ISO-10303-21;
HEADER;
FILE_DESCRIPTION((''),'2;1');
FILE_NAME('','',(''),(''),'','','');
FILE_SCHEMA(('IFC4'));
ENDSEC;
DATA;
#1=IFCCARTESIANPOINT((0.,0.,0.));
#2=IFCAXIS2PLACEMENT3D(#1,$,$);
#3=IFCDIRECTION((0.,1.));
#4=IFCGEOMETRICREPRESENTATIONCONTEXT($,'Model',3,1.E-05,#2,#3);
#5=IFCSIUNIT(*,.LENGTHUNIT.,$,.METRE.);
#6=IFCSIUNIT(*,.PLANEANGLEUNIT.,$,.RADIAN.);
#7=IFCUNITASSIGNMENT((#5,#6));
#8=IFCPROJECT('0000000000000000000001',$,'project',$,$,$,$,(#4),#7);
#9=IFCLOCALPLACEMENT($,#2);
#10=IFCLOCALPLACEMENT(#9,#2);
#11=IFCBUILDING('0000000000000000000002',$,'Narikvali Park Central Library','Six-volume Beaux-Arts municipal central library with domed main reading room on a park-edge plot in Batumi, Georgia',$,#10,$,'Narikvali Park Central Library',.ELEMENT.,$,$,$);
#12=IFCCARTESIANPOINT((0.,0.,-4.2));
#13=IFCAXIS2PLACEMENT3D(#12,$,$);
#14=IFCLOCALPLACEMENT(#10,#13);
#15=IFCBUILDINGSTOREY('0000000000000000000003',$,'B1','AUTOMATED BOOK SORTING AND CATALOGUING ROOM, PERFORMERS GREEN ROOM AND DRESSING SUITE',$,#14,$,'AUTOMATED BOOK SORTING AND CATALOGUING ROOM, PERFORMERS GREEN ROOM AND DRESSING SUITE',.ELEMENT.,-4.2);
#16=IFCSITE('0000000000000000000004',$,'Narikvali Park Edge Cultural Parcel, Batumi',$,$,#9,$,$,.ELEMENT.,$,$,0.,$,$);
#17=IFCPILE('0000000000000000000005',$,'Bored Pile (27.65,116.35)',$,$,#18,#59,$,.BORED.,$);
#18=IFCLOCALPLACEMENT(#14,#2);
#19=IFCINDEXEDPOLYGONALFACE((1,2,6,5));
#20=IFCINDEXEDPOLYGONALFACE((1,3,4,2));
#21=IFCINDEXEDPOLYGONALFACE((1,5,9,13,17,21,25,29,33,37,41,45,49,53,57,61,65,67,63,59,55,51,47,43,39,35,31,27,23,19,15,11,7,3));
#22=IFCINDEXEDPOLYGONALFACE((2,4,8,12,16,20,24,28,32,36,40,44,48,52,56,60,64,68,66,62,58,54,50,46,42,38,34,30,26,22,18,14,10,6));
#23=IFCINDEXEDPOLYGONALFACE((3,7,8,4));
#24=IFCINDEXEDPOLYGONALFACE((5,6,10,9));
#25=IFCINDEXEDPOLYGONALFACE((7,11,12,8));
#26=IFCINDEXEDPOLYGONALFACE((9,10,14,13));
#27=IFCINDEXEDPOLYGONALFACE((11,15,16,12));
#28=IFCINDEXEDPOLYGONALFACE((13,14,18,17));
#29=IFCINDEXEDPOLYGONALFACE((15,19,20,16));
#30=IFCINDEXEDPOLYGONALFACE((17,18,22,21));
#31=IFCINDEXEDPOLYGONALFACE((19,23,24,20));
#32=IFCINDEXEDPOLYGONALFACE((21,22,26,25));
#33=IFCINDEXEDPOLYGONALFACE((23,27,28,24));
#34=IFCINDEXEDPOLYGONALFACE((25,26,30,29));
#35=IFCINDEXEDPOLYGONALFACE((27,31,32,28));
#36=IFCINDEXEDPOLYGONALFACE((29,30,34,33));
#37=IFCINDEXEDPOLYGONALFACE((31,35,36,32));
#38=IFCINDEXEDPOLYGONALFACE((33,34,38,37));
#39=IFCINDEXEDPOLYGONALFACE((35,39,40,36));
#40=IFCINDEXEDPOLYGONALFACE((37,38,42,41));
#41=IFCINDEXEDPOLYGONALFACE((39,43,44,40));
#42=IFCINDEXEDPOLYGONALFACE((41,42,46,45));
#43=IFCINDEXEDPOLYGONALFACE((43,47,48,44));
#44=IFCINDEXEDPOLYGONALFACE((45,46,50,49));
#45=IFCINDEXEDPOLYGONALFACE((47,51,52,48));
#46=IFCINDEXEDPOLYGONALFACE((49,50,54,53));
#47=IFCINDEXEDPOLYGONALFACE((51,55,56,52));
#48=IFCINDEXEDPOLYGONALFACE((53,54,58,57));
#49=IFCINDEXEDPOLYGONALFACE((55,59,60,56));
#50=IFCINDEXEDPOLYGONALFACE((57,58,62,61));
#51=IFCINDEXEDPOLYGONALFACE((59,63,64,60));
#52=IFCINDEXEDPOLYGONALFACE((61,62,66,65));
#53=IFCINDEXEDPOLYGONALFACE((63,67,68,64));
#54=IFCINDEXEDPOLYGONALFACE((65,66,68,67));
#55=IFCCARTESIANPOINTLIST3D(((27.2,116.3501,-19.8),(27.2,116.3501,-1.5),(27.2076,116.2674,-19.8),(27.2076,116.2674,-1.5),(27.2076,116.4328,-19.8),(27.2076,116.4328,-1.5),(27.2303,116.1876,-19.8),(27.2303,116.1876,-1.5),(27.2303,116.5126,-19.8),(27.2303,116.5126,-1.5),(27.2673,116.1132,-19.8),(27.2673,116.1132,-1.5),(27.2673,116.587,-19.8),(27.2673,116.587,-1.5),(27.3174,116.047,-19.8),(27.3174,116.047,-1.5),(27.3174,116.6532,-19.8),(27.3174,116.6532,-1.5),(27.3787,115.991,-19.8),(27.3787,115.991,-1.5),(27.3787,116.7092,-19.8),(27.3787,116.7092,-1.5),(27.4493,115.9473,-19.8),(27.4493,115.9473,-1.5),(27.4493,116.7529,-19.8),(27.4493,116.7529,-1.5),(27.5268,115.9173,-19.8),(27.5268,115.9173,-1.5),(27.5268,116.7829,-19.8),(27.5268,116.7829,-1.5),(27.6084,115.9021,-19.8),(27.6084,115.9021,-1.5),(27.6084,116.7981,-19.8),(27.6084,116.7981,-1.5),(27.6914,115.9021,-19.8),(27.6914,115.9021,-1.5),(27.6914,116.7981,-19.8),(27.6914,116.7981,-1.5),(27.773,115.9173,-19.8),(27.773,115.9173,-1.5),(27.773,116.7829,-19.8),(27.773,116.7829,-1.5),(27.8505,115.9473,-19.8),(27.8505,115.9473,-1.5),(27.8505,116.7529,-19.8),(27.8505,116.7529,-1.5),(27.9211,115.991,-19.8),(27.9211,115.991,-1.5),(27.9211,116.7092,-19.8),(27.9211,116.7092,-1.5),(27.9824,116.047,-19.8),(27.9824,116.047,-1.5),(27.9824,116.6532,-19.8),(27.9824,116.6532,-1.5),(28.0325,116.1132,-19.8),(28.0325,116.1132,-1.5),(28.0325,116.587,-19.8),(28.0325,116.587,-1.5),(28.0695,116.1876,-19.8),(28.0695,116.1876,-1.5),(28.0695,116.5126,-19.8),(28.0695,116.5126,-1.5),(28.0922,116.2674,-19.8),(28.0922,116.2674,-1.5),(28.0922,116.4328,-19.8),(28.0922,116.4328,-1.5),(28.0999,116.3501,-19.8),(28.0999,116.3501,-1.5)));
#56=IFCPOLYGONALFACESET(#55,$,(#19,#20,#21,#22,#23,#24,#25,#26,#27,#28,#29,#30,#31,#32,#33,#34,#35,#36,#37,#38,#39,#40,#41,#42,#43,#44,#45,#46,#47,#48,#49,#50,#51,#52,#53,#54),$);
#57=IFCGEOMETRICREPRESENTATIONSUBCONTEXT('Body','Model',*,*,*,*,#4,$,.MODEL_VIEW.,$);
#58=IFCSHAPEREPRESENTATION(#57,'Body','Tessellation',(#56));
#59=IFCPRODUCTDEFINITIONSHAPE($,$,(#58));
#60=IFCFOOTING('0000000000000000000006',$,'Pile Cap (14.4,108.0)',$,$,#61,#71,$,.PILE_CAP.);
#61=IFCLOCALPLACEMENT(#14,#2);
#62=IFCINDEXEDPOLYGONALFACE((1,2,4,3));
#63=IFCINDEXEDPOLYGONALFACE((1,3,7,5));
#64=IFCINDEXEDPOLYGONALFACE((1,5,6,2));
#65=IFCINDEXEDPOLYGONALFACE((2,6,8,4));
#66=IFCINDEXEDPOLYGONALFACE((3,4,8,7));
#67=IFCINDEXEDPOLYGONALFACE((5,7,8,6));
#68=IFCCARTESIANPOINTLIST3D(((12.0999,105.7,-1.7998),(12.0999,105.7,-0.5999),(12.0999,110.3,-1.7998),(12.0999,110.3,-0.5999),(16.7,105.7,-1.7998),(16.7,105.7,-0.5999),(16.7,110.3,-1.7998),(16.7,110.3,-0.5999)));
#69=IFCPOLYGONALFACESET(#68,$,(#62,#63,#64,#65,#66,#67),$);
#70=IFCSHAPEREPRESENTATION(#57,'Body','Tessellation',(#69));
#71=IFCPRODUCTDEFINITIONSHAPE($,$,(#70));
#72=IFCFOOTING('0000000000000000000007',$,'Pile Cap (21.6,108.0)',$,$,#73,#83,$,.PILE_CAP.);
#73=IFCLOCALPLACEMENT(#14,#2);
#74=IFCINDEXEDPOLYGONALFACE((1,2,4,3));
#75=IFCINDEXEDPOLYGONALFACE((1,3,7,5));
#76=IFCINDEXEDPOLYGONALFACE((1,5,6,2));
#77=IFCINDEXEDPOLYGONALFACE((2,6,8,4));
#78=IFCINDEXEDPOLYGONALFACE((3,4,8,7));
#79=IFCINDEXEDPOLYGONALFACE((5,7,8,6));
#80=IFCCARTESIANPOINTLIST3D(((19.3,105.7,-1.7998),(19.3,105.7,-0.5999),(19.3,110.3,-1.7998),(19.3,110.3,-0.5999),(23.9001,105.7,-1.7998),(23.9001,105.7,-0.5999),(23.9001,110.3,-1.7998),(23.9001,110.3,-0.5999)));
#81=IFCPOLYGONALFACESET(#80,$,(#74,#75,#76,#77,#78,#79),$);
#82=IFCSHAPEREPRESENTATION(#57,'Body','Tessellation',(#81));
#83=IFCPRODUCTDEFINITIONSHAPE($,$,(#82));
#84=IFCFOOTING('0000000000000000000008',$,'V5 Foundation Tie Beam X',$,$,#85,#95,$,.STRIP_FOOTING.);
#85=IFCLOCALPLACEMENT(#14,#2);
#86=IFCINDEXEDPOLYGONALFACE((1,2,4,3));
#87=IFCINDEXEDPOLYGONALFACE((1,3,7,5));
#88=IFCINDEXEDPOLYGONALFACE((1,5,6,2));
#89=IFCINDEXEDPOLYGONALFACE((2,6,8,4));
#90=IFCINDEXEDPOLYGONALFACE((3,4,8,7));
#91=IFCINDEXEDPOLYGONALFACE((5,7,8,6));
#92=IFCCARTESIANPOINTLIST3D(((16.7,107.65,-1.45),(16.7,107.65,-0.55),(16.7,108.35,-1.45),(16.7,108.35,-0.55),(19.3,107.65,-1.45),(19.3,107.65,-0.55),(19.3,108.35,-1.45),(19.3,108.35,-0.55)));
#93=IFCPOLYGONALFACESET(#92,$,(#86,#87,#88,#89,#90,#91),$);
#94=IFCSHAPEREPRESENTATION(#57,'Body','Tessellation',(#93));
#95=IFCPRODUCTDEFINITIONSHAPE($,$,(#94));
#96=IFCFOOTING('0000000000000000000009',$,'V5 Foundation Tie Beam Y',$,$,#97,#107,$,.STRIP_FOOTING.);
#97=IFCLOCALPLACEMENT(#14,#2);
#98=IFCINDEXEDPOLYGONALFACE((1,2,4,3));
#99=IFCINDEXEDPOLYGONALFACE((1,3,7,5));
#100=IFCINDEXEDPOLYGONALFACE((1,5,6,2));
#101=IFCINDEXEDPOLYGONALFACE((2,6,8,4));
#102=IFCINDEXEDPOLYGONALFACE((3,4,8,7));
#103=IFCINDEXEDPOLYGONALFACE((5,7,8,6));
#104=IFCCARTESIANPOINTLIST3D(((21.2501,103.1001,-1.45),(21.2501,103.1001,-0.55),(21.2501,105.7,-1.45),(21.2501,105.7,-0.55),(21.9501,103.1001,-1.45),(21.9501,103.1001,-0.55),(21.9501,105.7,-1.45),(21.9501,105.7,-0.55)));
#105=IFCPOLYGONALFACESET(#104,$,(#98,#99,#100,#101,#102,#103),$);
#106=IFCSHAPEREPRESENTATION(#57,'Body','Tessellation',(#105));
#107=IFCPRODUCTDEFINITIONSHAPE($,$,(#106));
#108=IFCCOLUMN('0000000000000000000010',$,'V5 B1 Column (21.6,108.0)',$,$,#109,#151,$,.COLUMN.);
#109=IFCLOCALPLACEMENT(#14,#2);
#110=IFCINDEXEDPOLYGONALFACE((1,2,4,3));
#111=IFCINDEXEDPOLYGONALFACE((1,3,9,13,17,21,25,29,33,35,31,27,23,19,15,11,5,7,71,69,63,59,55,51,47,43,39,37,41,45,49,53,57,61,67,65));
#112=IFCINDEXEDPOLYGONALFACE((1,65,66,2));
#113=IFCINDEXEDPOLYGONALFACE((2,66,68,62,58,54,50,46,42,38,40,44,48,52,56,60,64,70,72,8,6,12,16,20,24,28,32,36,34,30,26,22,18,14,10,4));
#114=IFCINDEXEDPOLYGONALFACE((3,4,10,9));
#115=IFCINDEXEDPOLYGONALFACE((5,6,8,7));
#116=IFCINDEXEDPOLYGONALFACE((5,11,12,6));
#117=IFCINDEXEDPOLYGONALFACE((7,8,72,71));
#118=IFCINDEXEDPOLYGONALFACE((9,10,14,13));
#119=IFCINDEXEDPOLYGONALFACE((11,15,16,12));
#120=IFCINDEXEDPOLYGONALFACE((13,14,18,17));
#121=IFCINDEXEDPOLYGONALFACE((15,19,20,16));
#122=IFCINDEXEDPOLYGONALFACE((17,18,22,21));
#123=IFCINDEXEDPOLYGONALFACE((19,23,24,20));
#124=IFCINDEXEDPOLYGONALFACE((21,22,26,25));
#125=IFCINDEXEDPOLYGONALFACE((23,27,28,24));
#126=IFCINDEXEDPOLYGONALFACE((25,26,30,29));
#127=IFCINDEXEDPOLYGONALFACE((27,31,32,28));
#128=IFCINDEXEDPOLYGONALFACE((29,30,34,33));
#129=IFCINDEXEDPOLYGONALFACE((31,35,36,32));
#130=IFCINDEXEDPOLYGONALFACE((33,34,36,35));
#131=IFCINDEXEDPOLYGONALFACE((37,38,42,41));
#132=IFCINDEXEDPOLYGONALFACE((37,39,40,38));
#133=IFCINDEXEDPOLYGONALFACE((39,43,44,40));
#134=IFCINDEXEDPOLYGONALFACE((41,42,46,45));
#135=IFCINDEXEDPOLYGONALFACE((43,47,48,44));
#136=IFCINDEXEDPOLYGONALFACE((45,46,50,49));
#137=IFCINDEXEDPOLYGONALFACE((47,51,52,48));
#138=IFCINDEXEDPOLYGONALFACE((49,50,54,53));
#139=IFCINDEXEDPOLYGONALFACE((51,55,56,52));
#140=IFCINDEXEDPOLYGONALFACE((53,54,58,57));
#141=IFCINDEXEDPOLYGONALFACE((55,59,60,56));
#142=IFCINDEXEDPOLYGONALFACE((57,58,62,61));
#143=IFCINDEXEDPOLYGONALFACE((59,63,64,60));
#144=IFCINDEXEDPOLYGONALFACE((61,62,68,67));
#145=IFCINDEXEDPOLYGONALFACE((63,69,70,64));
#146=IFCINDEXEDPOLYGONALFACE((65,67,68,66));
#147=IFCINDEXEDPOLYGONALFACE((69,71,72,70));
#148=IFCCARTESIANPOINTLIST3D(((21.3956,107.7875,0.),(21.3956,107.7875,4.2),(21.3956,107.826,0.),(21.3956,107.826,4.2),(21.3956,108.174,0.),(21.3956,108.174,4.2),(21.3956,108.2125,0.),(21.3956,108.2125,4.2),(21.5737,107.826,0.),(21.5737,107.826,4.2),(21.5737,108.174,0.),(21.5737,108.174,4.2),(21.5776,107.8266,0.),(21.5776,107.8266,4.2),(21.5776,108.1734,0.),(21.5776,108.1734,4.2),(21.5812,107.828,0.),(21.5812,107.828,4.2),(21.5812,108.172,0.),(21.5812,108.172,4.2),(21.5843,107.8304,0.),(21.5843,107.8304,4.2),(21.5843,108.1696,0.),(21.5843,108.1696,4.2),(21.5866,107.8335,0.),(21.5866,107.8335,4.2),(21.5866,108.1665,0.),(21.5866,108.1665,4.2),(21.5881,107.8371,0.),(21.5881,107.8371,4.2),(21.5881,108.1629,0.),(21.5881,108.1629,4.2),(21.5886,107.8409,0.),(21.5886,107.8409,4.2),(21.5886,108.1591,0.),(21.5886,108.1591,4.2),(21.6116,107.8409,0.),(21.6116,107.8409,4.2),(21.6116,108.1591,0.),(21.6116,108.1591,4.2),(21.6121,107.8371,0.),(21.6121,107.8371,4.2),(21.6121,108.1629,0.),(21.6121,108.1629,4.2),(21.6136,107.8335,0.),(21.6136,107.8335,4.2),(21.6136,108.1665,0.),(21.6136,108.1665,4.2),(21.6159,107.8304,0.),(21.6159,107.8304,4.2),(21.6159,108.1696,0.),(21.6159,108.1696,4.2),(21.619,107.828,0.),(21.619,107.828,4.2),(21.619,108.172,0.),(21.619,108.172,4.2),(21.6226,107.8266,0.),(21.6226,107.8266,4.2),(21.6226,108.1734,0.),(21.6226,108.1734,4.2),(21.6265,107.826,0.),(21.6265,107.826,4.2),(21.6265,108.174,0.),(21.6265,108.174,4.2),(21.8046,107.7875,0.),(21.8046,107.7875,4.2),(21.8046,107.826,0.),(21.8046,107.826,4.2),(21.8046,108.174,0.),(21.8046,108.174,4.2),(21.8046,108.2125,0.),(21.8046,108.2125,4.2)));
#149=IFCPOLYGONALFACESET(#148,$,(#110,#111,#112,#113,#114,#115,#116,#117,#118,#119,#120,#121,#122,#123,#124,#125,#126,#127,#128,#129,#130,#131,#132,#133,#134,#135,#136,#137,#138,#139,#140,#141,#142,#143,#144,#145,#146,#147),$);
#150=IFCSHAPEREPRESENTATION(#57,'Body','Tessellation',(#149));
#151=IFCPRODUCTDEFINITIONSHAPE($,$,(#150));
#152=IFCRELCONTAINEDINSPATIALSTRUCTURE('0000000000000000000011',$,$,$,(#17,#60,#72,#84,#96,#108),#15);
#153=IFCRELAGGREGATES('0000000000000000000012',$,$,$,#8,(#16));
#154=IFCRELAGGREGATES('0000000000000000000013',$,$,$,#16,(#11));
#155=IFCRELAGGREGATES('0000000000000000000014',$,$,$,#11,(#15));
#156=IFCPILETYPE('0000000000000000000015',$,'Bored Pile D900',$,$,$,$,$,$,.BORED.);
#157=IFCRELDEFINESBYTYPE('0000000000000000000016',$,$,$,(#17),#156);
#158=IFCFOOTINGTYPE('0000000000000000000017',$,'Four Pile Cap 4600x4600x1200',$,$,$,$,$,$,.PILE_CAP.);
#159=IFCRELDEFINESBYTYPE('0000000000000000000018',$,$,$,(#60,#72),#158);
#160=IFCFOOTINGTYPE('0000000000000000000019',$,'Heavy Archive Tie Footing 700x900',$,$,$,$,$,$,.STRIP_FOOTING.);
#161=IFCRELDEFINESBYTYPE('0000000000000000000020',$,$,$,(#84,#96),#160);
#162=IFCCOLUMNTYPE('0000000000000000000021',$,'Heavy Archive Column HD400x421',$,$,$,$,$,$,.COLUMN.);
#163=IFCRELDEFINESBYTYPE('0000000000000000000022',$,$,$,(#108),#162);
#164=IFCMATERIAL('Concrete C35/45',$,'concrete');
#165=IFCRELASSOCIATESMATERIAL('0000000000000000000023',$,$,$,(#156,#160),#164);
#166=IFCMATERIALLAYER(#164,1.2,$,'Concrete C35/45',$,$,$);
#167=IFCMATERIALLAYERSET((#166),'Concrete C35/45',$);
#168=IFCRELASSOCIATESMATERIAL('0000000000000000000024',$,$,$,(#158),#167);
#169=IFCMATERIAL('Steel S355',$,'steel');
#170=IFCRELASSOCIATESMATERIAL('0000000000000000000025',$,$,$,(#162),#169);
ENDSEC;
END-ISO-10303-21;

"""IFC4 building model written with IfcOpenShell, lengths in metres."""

from ifc_helpers import new_model, si_unit, direction, frame, origin, origin_2d, place, context, subcontext, project, spatial, rectangle, circle, i_section, extrude, material, layer, layer_set, material_profile, profile_set, type_object, element, save


model = new_model("IFC4")

# Units and contexts
model_context = context("Model", 3, precision=1e-05, world=origin(), true_north=direction((0.0, 1.0)))
body_context = subcontext(model_context, "Body", "Model", "MODEL_VIEW")
ifc_project = project(units=[si_unit("LENGTHUNIT", "METRE"), si_unit("PLANEANGLEUNIT", "RADIAN")], contexts=[model_context])

# Site, building, storey
site_placement = place(None, origin())
site = spatial("IfcSite", under=ifc_project, at=site_placement, Name="Narikvali Park Edge Cultural Parcel, Batumi", CompositionType="ELEMENT", RefElevation=0.0)
building_placement = place(site_placement, origin())
building = spatial("IfcBuilding", under=site, at=building_placement, Name="Narikvali Park Central Library", Description="Six-volume Beaux-Arts municipal central library with domed main reading room on a park-edge plot in Batumi, Georgia", LongName="Narikvali Park Central Library", CompositionType="ELEMENT")
storey_placement = place(building_placement, frame((0.0, 0.0, -4.2)))
storey = spatial("IfcBuildingStorey", under=building, at=storey_placement, Name="B1", Description="AUTOMATED BOOK SORTING AND CATALOGUING ROOM, PERFORMERS GREEN ROOM AND DRESSING SUITE", LongName="AUTOMATED BOOK SORTING AND CATALOGUING ROOM, PERFORMERS GREEN ROOM AND DRESSING SUITE", CompositionType="ELEMENT", Elevation=-4.2)

# Pile
ifc_material_1 = material(Name="Concrete C35/45", Category="concrete")
ifc_material_profile_1 = material_profile(ifc_material_1, circle(Radius=0.45, at=origin_2d()), Name="PILE D900")
ifc_profile_set_1 = profile_set([ifc_material_profile_1], Name="Concrete C35/45")
pile_type_1 = type_object("IfcPileType", Name="Bored Pile D900", PredefinedType="BORED", material=ifc_profile_set_1)
for number, where, z_axis, x_axis, name in (
    (1, (27.6499, 116.3501, -1.5), (0.0, 0.0, -1.0), (1.0, 0.0, 0.0), "Bored Pile (27.65,116.35)"),
):
    element("IfcPile", number, at=place(storey_placement, frame(where, z_axis=z_axis, x_axis=x_axis)), inside=storey, type_object=pile_type_1, Name=name, PredefinedType="BORED", context=body_context, shape_type="SweptSolid", body=[
        extrude(circle(Radius=0.45, at=origin_2d()), origin(), (0.0, 0.0, 1.0), 18.3),
    ])

# Footings
ifc_layer_1 = layer(ifc_material_1, 1.2, Name="Concrete C35/45")
ifc_layer_set_1 = layer_set([ifc_layer_1], Name="Concrete C35/45")
footing_type_1 = type_object("IfcFootingType", Name="Four Pile Cap 4600x4600x1200", PredefinedType="PILE_CAP", material=ifc_layer_set_1)
for number, where, z_axis, x_axis, name in (
    (2, (14.3999, 108.0, -1.7998), (0.0, 0.0, 1.0), (1.0, 0.0, 0.0), "Pile Cap (14.4,108.0)"),
    (3, (21.6001, 108.0, -1.7998), (0.0, 0.0, 1.0), (1.0, 0.0, 0.0), "Pile Cap (21.6,108.0)"),
):
    element("IfcFooting", number, at=place(storey_placement, frame(where, z_axis=z_axis, x_axis=x_axis)), inside=storey, type_object=footing_type_1, Name=name, PredefinedType="PILE_CAP", context=body_context, shape_type="SweptSolid", body=[
        extrude(rectangle(XDim=4.6001, YDim=4.6001, at=origin_2d()), origin(), (0.0, 0.0, 1.0), 1.2),
    ])
ifc_material_profile_2 = material_profile(ifc_material_1, rectangle(XDim=0.7, YDim=0.8999, at=origin_2d()), Name="RC GB 700x900")
ifc_profile_set_2 = profile_set([ifc_material_profile_2], Name="Concrete C35/45")
footing_type_2 = type_object("IfcFootingType", Name="Heavy Archive Tie Footing 700x900", PredefinedType="STRIP_FOOTING", material=ifc_profile_set_2)
footing_1_placement = place(storey_placement, frame((16.7, 108.0, -1.0), z_axis=(1.0, 0.0, 0.0), x_axis=(0.0, 1.0, 0.0)))
element("IfcFooting", 4, at=footing_1_placement, inside=storey, type_object=footing_type_2, Name="V5 Foundation Tie Beam X", PredefinedType="STRIP_FOOTING", context=body_context, shape_type="SweptSolid", body=[
    extrude(rectangle(XDim=0.7, YDim=0.8999, at=origin_2d()), origin(), (0.0, 0.0, 1.0), 2.6001),
])
footing_2_placement = place(storey_placement, frame((21.6001, 103.1001, -1.0), z_axis=(0.0, 1.0, 0.0), x_axis=(-1.0, 0.0, 0.0)))
element("IfcFooting", 5, at=footing_2_placement, inside=storey, type_object=footing_type_2, Name="V5 Foundation Tie Beam Y", PredefinedType="STRIP_FOOTING", context=body_context, shape_type="SweptSolid", body=[
    extrude(rectangle(XDim=0.7, YDim=0.8999, at=origin_2d()), origin(), (0.0, 0.0, 1.0), 2.5999),
])

# Column
ifc_material_2 = material(Name="Steel S355", Category="steel")
ifc_material_profile_3 = material_profile(ifc_material_2, i_section(OverallWidth=0.4089, OverallDepth=0.425, WebThickness=0.0229, FlangeThickness=0.0386, FilletRadius=0.0149, at=origin_2d()), Name="HD 400x421")
ifc_profile_set_3 = profile_set([ifc_material_profile_3], Name="Steel S355")
column_type_1 = type_object("IfcColumnType", Name="Heavy Archive Column HD400x421", PredefinedType="COLUMN", material=ifc_profile_set_3)
column_1_placement = place(storey_placement, frame((21.6001, 108.0, 0.0), z_axis=(0.0, 0.0, 1.0), x_axis=(1.0, 0.0, 0.0)))
element("IfcColumn", 6, at=column_1_placement, inside=storey, type_object=column_type_1, Name="V5 B1 Column (21.6,108.0)", PredefinedType="COLUMN", context=body_context, shape_type="SweptSolid", body=[
    extrude(i_section(OverallWidth=0.4089, OverallDepth=0.425, WebThickness=0.0229, FlangeThickness=0.0386, FilletRadius=0.0149, at=origin_2d()), origin(), (0.0, 0.0, 1.0), 4.2),
])

save(model, "model.ifc")
